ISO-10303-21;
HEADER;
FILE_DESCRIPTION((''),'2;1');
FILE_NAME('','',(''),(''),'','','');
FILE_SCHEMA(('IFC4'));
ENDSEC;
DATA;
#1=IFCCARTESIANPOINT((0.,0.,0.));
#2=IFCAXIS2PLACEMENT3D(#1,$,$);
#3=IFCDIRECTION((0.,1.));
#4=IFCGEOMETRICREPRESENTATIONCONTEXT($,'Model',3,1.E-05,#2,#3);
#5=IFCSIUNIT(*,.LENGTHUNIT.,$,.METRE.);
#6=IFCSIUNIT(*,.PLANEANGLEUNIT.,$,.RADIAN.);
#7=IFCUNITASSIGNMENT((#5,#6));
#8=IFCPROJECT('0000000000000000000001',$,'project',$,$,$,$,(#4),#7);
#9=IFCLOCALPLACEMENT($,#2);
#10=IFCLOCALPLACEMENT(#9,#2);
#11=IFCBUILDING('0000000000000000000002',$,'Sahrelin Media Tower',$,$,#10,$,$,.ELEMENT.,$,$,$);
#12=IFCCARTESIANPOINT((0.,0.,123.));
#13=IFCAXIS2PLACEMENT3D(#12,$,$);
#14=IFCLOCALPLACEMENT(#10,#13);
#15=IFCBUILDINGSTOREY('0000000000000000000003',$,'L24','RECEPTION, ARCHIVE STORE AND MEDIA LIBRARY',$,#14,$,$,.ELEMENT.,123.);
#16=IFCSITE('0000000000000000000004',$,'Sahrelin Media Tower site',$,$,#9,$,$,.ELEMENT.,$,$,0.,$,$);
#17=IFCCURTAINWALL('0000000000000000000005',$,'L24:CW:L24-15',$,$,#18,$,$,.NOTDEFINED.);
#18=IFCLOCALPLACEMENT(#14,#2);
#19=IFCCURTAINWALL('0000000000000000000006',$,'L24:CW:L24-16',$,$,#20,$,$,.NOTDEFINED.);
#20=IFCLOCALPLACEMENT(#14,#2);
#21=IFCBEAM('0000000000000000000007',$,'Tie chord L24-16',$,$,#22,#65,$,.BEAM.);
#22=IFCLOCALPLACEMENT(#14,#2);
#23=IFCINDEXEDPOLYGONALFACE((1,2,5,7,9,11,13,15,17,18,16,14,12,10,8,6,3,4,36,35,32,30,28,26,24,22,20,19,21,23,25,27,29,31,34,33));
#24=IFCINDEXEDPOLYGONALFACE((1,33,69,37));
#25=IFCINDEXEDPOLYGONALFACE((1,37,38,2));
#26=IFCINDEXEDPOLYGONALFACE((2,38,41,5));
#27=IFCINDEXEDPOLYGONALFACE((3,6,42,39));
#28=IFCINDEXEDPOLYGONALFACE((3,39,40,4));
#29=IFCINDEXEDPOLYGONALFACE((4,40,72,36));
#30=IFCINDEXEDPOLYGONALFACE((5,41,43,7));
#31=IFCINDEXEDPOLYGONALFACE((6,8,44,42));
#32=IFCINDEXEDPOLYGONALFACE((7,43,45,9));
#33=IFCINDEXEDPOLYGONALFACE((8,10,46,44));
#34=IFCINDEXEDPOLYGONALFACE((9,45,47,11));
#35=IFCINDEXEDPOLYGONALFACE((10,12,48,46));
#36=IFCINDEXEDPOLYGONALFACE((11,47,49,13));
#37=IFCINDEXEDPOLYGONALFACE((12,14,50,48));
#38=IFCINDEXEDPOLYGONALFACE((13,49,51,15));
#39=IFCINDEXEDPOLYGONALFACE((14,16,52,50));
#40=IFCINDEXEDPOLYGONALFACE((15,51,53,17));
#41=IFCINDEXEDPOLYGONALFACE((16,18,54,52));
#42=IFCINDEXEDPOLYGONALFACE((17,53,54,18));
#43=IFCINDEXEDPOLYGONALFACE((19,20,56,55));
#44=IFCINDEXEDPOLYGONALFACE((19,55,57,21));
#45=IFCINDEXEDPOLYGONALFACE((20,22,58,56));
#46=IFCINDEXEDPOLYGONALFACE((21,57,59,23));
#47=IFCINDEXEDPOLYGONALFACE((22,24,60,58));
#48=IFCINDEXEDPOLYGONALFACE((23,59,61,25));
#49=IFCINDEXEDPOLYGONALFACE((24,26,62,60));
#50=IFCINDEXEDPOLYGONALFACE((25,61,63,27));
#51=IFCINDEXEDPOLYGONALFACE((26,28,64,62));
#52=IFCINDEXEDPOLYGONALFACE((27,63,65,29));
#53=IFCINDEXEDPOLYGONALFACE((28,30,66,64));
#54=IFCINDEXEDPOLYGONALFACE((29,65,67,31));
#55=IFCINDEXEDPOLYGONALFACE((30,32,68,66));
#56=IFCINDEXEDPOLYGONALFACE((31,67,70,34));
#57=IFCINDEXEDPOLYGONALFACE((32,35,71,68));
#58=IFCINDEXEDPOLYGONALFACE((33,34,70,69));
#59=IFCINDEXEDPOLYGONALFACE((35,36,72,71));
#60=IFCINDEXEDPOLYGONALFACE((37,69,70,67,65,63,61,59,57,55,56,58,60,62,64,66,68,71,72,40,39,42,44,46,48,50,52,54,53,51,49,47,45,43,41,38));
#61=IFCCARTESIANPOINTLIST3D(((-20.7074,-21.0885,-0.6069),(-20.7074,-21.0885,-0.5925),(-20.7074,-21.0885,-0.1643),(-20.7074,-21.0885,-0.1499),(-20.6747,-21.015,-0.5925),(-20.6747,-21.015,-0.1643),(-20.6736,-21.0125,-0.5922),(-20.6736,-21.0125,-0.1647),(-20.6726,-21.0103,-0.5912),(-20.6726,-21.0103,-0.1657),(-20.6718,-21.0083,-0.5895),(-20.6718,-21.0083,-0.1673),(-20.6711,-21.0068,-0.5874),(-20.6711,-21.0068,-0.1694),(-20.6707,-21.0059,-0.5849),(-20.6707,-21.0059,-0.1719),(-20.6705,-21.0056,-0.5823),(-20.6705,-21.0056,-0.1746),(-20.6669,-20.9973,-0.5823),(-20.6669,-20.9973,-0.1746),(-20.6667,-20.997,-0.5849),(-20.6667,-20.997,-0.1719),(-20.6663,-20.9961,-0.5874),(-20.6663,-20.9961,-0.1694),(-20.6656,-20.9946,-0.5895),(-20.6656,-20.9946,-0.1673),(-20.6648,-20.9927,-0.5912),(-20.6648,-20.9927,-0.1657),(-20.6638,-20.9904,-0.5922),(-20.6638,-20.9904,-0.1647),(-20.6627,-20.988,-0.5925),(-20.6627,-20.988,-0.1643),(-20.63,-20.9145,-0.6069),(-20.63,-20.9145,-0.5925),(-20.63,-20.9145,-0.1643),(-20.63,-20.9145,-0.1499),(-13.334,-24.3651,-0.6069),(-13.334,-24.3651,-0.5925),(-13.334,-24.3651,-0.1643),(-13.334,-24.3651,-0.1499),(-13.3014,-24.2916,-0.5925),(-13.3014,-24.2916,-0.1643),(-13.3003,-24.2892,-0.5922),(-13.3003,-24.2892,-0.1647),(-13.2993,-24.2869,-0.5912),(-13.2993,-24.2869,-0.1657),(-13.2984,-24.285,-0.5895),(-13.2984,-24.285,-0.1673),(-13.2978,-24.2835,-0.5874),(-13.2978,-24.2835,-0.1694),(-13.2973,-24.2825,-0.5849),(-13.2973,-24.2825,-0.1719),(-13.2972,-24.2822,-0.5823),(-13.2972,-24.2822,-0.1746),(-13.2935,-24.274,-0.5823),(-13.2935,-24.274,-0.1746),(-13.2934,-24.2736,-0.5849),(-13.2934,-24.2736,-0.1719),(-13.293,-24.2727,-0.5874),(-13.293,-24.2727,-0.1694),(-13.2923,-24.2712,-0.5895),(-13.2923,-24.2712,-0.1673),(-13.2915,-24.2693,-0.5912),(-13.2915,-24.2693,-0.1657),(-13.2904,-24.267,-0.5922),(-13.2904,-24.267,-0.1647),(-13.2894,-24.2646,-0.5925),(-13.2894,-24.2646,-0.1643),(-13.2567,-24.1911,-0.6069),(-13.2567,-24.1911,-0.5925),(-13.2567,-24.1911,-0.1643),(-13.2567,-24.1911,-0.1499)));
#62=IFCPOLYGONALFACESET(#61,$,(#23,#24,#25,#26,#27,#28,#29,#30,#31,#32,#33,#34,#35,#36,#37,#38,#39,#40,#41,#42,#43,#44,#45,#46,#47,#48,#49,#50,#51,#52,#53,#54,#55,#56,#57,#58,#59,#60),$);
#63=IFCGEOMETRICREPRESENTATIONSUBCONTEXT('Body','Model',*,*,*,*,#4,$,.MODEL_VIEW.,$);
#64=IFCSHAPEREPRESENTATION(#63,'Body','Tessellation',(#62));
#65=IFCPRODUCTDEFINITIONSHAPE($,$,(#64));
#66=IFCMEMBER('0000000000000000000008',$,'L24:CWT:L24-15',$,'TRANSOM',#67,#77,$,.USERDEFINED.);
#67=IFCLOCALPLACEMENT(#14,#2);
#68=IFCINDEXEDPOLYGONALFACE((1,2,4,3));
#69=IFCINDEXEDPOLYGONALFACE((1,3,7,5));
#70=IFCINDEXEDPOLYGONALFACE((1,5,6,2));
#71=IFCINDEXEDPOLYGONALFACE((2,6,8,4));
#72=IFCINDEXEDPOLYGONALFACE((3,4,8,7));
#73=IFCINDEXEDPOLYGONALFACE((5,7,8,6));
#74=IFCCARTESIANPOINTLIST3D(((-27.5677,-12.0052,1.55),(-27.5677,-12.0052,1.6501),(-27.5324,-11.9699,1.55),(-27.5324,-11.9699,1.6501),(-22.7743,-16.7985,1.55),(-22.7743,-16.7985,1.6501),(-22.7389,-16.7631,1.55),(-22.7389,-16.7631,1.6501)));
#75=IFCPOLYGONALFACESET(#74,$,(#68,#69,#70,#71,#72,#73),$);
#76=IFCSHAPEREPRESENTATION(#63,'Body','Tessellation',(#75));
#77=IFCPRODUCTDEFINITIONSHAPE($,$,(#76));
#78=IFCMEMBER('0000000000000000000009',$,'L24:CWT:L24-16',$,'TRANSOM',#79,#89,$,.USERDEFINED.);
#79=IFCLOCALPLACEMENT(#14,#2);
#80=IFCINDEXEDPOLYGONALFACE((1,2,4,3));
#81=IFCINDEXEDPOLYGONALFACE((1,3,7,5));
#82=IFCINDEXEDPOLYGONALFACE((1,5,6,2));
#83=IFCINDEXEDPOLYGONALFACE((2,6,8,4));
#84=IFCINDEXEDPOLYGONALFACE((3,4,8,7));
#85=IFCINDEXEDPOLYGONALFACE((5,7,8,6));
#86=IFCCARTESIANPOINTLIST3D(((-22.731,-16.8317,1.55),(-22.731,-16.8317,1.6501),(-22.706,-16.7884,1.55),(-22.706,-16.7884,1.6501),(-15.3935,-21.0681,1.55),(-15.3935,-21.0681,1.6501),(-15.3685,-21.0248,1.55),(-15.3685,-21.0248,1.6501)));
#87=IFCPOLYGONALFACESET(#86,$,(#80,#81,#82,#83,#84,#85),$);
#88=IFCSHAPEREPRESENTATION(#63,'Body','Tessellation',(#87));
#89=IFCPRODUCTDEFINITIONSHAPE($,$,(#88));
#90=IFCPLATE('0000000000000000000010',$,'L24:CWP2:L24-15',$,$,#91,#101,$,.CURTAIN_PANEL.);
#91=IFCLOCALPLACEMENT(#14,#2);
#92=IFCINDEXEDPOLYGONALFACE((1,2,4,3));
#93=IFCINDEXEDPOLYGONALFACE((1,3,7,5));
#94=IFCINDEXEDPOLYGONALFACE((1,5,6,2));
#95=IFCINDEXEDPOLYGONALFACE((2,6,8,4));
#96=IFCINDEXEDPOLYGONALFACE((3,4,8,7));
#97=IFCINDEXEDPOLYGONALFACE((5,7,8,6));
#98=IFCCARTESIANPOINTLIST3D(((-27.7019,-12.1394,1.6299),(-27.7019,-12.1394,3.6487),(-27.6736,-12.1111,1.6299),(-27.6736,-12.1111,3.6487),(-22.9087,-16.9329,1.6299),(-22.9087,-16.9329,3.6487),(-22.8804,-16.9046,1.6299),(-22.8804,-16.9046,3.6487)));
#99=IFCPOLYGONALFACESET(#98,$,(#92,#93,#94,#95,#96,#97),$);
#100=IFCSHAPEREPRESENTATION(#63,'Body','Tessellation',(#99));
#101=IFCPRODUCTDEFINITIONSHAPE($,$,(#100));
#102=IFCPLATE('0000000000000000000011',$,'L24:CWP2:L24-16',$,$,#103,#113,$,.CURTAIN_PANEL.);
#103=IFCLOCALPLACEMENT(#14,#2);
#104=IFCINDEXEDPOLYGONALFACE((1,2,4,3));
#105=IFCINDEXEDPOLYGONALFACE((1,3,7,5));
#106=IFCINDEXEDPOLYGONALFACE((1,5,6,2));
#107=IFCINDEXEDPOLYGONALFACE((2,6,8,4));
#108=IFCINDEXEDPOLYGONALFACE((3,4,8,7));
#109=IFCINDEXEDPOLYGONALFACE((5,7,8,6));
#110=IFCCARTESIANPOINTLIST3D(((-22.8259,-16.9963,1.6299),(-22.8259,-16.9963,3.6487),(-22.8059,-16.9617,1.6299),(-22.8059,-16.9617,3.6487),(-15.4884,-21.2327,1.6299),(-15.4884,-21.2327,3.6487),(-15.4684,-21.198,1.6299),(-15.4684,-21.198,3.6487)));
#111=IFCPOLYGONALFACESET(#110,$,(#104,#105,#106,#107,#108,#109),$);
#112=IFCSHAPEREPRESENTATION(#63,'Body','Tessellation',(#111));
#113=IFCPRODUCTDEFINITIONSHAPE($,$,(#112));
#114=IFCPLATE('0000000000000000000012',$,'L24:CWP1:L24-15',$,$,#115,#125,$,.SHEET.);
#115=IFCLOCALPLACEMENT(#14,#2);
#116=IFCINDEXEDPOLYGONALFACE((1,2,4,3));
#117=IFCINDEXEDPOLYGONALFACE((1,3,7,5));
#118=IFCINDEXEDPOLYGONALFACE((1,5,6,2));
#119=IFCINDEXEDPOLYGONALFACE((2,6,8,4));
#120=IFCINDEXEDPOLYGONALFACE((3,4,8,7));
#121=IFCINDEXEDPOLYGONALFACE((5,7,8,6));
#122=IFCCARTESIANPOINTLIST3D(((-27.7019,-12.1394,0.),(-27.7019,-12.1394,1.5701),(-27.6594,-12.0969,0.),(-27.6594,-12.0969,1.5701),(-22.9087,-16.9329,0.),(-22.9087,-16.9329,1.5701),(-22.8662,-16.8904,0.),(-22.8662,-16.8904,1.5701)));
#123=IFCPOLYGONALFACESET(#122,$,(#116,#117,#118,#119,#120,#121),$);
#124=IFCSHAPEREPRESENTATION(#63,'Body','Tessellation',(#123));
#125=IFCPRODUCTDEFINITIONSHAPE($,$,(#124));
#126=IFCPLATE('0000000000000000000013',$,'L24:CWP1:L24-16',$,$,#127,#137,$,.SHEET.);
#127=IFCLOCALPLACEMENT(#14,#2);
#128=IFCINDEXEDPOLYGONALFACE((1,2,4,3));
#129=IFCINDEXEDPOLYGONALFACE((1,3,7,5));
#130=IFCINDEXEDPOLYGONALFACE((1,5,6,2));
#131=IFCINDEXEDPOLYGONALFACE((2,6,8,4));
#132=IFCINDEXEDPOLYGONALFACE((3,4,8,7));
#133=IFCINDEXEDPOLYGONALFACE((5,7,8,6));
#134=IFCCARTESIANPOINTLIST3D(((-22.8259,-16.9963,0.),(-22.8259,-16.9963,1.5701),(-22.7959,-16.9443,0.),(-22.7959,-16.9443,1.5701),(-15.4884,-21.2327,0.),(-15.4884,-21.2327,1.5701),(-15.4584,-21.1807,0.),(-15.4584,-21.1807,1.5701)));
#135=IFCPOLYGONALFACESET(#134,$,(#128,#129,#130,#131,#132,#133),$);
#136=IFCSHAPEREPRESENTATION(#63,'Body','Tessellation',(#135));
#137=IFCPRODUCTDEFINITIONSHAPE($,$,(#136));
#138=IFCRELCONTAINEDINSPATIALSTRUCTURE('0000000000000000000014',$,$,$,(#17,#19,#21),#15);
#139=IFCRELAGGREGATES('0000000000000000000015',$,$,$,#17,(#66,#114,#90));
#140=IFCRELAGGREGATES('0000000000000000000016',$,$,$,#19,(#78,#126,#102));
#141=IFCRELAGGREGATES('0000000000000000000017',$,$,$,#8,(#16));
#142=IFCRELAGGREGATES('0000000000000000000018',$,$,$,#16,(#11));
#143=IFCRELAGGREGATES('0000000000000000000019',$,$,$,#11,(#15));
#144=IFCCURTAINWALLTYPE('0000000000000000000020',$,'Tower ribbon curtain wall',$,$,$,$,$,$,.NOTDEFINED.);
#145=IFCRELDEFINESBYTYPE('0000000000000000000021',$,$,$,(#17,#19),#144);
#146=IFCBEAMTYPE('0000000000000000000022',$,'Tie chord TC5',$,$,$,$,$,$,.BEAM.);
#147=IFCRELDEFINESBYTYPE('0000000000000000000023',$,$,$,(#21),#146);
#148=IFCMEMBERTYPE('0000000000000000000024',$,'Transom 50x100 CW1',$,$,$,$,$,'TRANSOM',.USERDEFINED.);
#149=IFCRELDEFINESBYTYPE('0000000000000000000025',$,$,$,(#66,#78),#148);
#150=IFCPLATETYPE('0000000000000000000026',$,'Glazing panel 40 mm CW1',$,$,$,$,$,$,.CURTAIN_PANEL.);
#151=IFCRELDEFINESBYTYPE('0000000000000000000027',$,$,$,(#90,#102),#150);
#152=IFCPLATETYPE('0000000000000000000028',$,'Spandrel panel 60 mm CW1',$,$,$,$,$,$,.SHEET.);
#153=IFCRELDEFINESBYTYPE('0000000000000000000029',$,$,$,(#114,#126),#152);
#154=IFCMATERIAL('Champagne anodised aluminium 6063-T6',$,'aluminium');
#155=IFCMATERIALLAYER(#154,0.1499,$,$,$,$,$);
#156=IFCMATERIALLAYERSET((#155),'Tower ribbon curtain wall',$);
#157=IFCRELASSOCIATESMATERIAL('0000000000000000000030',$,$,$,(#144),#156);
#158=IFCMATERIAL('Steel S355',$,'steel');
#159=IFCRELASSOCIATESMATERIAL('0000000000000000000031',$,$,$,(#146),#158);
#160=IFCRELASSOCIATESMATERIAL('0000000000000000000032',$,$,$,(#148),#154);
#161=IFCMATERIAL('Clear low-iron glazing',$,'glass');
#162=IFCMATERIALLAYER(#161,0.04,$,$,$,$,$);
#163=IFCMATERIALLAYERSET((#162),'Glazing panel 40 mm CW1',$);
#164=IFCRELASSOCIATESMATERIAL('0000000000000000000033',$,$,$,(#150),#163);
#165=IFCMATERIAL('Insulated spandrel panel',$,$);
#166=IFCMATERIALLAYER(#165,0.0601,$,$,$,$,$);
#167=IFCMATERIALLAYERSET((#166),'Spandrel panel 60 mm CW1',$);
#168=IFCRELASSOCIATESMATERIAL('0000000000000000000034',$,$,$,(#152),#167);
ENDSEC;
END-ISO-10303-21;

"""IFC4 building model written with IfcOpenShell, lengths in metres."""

from ifc_helpers import new_model, si_unit, direction, frame, origin, origin_2d, place, context, subcontext, project, spatial, polyline, rectangle, i_section, outline, extrude, material, layer, layer_set, material_profile, profile_set, type_object, element, aggregate, save


model = new_model("IFC4")

# Units and contexts
model_context = context("Model", 3, precision=1e-05, world=origin(), true_north=direction((0.0, 1.0)))
body_context = subcontext(model_context, "Body", "Model", "MODEL_VIEW")
ifc_project = project(units=[si_unit("LENGTHUNIT", "METRE"), si_unit("PLANEANGLEUNIT", "RADIAN")], contexts=[model_context])

# Site, building, storey
site_placement = place(None, origin())
site = spatial("IfcSite", under=ifc_project, at=site_placement, Name="Sahrelin Media Tower site", CompositionType="ELEMENT", RefElevation=0.0)
building_placement = place(site_placement, origin())
building = spatial("IfcBuilding", under=site, at=building_placement, Name="Sahrelin Media Tower", CompositionType="ELEMENT")
storey_placement = place(building_placement, frame((0.0, 0.0, 123.0)))
storey = spatial("IfcBuildingStorey", under=building, at=storey_placement, Name="L24", Description="RECEPTION, ARCHIVE STORE AND MEDIA LIBRARY", CompositionType="ELEMENT", Elevation=123.0)

# Shared definitions
ifc_material_1 = material(Name="Steel S355", Category="steel")

# Curtain walls
ifc_material_2 = material(Name="Champagne anodised aluminium 6063-T6", Category="aluminium")
ifc_layer_1 = layer(ifc_material_2, 0.1499)
ifc_layer_set_1 = layer_set([ifc_layer_1], Name="Tower ribbon curtain wall")
curtain_wall_type = type_object("IfcCurtainWallType", Name="Tower ribbon curtain wall", PredefinedType="NOTDEFINED", material=ifc_layer_set_1)
curtain_wall_1_placement = place(storey_placement, frame((-25.2913, -14.522, 0.0), z_axis=(0.0, 0.0, 1.0), x_axis=(1.0, 0.0, 0.0)))
curtain_wall_1 = element("IfcCurtainWall", 1, at=curtain_wall_1_placement, inside=storey, type_object=curtain_wall_type, Name="L24:CW:L24-15", PredefinedType="NOTDEFINED")
curtain_wall_2_placement = place(storey_placement, frame((-19.1472, -19.0972, 0.0), z_axis=(0.0, 0.0, 1.0), x_axis=(1.0, 0.0, 0.0)))
curtain_wall_2 = element("IfcCurtainWall", 2, at=curtain_wall_2_placement, inside=storey, type_object=curtain_wall_type, Name="L24:CW:L24-16", PredefinedType="NOTDEFINED")

# Beam
ifc_material_profile_1 = material_profile(ifc_material_1, i_section(OverallWidth=0.1904, OverallDepth=0.457, WebThickness=0.009, FlangeThickness=0.0144, FilletRadius=0.0103, at=origin_2d()), Name="UB 457x191x74")
ifc_profile_set_1 = profile_set([ifc_material_profile_1], Name="Steel S355")
beam_type_1 = type_object("IfcBeamType", Name="Tie chord TC5", PredefinedType="BEAM", material=ifc_profile_set_1)
beam_1_placement = place(storey_placement, frame((-20.6687, -21.0015, -0.3784), z_axis=(0.91383, -0.406096, 0.0), x_axis=(0.406096, 0.91383, 0.0)))
element("IfcBeam", 3, at=beam_1_placement, inside=storey, type_object=beam_type_1, Name="Tie chord L24-16", PredefinedType="BEAM", context=body_context, shape_type="SweptSolid", body=[
    extrude(i_section(OverallWidth=0.1904, OverallDepth=0.457, WebThickness=0.009, FlangeThickness=0.0144, FilletRadius=0.0103, at=origin_2d()), origin(), (0.0, 0.0, 1.0), 8.0686),
])

# Members
ifc_material_profile_2 = material_profile(ifc_material_2, rectangle(XDim=0.05, YDim=0.1001, at=origin_2d()), Name="Transom 50x100")
ifc_profile_set_2 = profile_set([ifc_material_profile_2], Name="Champagne anodised aluminium 6063-T6")
member_type_1 = type_object("IfcMemberType", Name="Transom 50x100 CW1", ElementType="TRANSOM", PredefinedType="USERDEFINED", material=ifc_profile_set_2)
member_1_placement = place(storey_placement, frame((-27.55, -11.9875, 1.6001), z_axis=(0.707125, -0.707089, 0.0), x_axis=(0.707089, 0.707125, 0.0)))
member_1 = element("IfcMember", 4, at=member_1_placement, type_object=member_type_1, Name="L24:CWT:L24-15", ObjectType="TRANSOM", PredefinedType="USERDEFINED", context=body_context, shape_type="SweptSolid", body=[
    extrude(rectangle(XDim=0.05, YDim=0.1001, at=origin_2d()), origin(), (0.0, 0.0, 1.0), 6.7788),
])
member_2_placement = place(storey_placement, frame((-22.7185, -16.8101, 1.6001), z_axis=(0.866021, -0.500007, 0.0), x_axis=(0.500007, 0.866021, 0.0)))
member_2 = element("IfcMember", 5, at=member_2_placement, type_object=member_type_1, Name="L24:CWT:L24-16", ObjectType="TRANSOM", PredefinedType="USERDEFINED", context=body_context, shape_type="SweptSolid", body=[
    extrude(rectangle(XDim=0.05, YDim=0.1001, at=origin_2d()), origin(), (0.0, 0.0, 1.0), 8.4727),
])

# Plates
ifc_material_3 = material(Name="Clear low-iron glazing", Category="glass")
ifc_layer_2 = layer(ifc_material_3, 0.04)
ifc_layer_set_2 = layer_set([ifc_layer_2], Name="Glazing panel 40 mm CW1")
plate_type_1 = type_object("IfcPlateType", Name="Glazing panel 40 mm CW1", PredefinedType="CURTAIN_PANEL", material=ifc_layer_set_2)
plate_1_placement = place(storey_placement, frame((-27.7019, -12.1394, 1.6299), z_axis=(-0.707125, -0.707089, 0.0), x_axis=(0.707089, -0.707125, 0.0)))
plate_1 = element("IfcPlate", 6, at=plate_1_placement, type_object=plate_type_1, Name="L24:CWP2:L24-15", PredefinedType="CURTAIN_PANEL", context=body_context, shape_type="SweptSolid", body=[
    extrude(outline(polyline([(0.0, 0.0), (6.7788, 0.0), (6.7788, 2.0188), (0.0, 2.0188), (0.0, 0.0)])), origin(), (0.0, 0.0, -1.0), 0.04),
])
plate_2_placement = place(storey_placement, frame((-22.8259, -16.9963, 1.6299), z_axis=(-0.500007, -0.866021, 0.0), x_axis=(0.866021, -0.500007, 0.0)))
plate_2 = element("IfcPlate", 7, at=plate_2_placement, type_object=plate_type_1, Name="L24:CWP2:L24-16", PredefinedType="CURTAIN_PANEL", context=body_context, shape_type="SweptSolid", body=[
    extrude(outline(polyline([(0.0, 0.0), (8.4727, 0.0), (8.4727, 2.0188), (0.0, 2.0188), (0.0, 0.0)])), origin(), (0.0, 0.0, -1.0), 0.04),
])
ifc_material_4 = material(Name="Insulated spandrel panel")
ifc_layer_3 = layer(ifc_material_4, 0.0601)
ifc_layer_set_3 = layer_set([ifc_layer_3], Name="Spandrel panel 60 mm CW1")
plate_type_2 = type_object("IfcPlateType", Name="Spandrel panel 60 mm CW1", PredefinedType="SHEET", material=ifc_layer_set_3)
plate_3_placement = place(storey_placement, frame((-27.7019, -12.1394, 0.0), z_axis=(-0.707125, -0.707089, 0.0), x_axis=(0.707089, -0.707125, 0.0)))
plate_3 = element("IfcPlate", 8, at=plate_3_placement, type_object=plate_type_2, Name="L24:CWP1:L24-15", PredefinedType="SHEET", context=body_context, shape_type="SweptSolid", body=[
    extrude(outline(polyline([(0.0, 0.0), (6.7788, 0.0), (6.7788, 1.5701), (0.0, 1.5701), (0.0, 0.0)])), origin(), (0.0, 0.0, -1.0), 0.0601),
])
aggregate(curtain_wall_1, [member_1, plate_3, plate_1])
plate_4_placement = place(storey_placement, frame((-22.8259, -16.9963, 0.0), z_axis=(-0.500007, -0.866021, 0.0), x_axis=(0.866021, -0.500007, 0.0)))
plate_4 = element("IfcPlate", 9, at=plate_4_placement, type_object=plate_type_2, Name="L24:CWP1:L24-16", PredefinedType="SHEET", context=body_context, shape_type="SweptSolid", body=[
    extrude(outline(polyline([(0.0, 0.0), (8.4727, 0.0), (8.4727, 1.5701), (0.0, 1.5701), (0.0, 0.0)])), origin(), (0.0, 0.0, -1.0), 0.0601),
])
aggregate(curtain_wall_2, [member_2, plate_4, plate_2])

save(model, "model.ifc")
